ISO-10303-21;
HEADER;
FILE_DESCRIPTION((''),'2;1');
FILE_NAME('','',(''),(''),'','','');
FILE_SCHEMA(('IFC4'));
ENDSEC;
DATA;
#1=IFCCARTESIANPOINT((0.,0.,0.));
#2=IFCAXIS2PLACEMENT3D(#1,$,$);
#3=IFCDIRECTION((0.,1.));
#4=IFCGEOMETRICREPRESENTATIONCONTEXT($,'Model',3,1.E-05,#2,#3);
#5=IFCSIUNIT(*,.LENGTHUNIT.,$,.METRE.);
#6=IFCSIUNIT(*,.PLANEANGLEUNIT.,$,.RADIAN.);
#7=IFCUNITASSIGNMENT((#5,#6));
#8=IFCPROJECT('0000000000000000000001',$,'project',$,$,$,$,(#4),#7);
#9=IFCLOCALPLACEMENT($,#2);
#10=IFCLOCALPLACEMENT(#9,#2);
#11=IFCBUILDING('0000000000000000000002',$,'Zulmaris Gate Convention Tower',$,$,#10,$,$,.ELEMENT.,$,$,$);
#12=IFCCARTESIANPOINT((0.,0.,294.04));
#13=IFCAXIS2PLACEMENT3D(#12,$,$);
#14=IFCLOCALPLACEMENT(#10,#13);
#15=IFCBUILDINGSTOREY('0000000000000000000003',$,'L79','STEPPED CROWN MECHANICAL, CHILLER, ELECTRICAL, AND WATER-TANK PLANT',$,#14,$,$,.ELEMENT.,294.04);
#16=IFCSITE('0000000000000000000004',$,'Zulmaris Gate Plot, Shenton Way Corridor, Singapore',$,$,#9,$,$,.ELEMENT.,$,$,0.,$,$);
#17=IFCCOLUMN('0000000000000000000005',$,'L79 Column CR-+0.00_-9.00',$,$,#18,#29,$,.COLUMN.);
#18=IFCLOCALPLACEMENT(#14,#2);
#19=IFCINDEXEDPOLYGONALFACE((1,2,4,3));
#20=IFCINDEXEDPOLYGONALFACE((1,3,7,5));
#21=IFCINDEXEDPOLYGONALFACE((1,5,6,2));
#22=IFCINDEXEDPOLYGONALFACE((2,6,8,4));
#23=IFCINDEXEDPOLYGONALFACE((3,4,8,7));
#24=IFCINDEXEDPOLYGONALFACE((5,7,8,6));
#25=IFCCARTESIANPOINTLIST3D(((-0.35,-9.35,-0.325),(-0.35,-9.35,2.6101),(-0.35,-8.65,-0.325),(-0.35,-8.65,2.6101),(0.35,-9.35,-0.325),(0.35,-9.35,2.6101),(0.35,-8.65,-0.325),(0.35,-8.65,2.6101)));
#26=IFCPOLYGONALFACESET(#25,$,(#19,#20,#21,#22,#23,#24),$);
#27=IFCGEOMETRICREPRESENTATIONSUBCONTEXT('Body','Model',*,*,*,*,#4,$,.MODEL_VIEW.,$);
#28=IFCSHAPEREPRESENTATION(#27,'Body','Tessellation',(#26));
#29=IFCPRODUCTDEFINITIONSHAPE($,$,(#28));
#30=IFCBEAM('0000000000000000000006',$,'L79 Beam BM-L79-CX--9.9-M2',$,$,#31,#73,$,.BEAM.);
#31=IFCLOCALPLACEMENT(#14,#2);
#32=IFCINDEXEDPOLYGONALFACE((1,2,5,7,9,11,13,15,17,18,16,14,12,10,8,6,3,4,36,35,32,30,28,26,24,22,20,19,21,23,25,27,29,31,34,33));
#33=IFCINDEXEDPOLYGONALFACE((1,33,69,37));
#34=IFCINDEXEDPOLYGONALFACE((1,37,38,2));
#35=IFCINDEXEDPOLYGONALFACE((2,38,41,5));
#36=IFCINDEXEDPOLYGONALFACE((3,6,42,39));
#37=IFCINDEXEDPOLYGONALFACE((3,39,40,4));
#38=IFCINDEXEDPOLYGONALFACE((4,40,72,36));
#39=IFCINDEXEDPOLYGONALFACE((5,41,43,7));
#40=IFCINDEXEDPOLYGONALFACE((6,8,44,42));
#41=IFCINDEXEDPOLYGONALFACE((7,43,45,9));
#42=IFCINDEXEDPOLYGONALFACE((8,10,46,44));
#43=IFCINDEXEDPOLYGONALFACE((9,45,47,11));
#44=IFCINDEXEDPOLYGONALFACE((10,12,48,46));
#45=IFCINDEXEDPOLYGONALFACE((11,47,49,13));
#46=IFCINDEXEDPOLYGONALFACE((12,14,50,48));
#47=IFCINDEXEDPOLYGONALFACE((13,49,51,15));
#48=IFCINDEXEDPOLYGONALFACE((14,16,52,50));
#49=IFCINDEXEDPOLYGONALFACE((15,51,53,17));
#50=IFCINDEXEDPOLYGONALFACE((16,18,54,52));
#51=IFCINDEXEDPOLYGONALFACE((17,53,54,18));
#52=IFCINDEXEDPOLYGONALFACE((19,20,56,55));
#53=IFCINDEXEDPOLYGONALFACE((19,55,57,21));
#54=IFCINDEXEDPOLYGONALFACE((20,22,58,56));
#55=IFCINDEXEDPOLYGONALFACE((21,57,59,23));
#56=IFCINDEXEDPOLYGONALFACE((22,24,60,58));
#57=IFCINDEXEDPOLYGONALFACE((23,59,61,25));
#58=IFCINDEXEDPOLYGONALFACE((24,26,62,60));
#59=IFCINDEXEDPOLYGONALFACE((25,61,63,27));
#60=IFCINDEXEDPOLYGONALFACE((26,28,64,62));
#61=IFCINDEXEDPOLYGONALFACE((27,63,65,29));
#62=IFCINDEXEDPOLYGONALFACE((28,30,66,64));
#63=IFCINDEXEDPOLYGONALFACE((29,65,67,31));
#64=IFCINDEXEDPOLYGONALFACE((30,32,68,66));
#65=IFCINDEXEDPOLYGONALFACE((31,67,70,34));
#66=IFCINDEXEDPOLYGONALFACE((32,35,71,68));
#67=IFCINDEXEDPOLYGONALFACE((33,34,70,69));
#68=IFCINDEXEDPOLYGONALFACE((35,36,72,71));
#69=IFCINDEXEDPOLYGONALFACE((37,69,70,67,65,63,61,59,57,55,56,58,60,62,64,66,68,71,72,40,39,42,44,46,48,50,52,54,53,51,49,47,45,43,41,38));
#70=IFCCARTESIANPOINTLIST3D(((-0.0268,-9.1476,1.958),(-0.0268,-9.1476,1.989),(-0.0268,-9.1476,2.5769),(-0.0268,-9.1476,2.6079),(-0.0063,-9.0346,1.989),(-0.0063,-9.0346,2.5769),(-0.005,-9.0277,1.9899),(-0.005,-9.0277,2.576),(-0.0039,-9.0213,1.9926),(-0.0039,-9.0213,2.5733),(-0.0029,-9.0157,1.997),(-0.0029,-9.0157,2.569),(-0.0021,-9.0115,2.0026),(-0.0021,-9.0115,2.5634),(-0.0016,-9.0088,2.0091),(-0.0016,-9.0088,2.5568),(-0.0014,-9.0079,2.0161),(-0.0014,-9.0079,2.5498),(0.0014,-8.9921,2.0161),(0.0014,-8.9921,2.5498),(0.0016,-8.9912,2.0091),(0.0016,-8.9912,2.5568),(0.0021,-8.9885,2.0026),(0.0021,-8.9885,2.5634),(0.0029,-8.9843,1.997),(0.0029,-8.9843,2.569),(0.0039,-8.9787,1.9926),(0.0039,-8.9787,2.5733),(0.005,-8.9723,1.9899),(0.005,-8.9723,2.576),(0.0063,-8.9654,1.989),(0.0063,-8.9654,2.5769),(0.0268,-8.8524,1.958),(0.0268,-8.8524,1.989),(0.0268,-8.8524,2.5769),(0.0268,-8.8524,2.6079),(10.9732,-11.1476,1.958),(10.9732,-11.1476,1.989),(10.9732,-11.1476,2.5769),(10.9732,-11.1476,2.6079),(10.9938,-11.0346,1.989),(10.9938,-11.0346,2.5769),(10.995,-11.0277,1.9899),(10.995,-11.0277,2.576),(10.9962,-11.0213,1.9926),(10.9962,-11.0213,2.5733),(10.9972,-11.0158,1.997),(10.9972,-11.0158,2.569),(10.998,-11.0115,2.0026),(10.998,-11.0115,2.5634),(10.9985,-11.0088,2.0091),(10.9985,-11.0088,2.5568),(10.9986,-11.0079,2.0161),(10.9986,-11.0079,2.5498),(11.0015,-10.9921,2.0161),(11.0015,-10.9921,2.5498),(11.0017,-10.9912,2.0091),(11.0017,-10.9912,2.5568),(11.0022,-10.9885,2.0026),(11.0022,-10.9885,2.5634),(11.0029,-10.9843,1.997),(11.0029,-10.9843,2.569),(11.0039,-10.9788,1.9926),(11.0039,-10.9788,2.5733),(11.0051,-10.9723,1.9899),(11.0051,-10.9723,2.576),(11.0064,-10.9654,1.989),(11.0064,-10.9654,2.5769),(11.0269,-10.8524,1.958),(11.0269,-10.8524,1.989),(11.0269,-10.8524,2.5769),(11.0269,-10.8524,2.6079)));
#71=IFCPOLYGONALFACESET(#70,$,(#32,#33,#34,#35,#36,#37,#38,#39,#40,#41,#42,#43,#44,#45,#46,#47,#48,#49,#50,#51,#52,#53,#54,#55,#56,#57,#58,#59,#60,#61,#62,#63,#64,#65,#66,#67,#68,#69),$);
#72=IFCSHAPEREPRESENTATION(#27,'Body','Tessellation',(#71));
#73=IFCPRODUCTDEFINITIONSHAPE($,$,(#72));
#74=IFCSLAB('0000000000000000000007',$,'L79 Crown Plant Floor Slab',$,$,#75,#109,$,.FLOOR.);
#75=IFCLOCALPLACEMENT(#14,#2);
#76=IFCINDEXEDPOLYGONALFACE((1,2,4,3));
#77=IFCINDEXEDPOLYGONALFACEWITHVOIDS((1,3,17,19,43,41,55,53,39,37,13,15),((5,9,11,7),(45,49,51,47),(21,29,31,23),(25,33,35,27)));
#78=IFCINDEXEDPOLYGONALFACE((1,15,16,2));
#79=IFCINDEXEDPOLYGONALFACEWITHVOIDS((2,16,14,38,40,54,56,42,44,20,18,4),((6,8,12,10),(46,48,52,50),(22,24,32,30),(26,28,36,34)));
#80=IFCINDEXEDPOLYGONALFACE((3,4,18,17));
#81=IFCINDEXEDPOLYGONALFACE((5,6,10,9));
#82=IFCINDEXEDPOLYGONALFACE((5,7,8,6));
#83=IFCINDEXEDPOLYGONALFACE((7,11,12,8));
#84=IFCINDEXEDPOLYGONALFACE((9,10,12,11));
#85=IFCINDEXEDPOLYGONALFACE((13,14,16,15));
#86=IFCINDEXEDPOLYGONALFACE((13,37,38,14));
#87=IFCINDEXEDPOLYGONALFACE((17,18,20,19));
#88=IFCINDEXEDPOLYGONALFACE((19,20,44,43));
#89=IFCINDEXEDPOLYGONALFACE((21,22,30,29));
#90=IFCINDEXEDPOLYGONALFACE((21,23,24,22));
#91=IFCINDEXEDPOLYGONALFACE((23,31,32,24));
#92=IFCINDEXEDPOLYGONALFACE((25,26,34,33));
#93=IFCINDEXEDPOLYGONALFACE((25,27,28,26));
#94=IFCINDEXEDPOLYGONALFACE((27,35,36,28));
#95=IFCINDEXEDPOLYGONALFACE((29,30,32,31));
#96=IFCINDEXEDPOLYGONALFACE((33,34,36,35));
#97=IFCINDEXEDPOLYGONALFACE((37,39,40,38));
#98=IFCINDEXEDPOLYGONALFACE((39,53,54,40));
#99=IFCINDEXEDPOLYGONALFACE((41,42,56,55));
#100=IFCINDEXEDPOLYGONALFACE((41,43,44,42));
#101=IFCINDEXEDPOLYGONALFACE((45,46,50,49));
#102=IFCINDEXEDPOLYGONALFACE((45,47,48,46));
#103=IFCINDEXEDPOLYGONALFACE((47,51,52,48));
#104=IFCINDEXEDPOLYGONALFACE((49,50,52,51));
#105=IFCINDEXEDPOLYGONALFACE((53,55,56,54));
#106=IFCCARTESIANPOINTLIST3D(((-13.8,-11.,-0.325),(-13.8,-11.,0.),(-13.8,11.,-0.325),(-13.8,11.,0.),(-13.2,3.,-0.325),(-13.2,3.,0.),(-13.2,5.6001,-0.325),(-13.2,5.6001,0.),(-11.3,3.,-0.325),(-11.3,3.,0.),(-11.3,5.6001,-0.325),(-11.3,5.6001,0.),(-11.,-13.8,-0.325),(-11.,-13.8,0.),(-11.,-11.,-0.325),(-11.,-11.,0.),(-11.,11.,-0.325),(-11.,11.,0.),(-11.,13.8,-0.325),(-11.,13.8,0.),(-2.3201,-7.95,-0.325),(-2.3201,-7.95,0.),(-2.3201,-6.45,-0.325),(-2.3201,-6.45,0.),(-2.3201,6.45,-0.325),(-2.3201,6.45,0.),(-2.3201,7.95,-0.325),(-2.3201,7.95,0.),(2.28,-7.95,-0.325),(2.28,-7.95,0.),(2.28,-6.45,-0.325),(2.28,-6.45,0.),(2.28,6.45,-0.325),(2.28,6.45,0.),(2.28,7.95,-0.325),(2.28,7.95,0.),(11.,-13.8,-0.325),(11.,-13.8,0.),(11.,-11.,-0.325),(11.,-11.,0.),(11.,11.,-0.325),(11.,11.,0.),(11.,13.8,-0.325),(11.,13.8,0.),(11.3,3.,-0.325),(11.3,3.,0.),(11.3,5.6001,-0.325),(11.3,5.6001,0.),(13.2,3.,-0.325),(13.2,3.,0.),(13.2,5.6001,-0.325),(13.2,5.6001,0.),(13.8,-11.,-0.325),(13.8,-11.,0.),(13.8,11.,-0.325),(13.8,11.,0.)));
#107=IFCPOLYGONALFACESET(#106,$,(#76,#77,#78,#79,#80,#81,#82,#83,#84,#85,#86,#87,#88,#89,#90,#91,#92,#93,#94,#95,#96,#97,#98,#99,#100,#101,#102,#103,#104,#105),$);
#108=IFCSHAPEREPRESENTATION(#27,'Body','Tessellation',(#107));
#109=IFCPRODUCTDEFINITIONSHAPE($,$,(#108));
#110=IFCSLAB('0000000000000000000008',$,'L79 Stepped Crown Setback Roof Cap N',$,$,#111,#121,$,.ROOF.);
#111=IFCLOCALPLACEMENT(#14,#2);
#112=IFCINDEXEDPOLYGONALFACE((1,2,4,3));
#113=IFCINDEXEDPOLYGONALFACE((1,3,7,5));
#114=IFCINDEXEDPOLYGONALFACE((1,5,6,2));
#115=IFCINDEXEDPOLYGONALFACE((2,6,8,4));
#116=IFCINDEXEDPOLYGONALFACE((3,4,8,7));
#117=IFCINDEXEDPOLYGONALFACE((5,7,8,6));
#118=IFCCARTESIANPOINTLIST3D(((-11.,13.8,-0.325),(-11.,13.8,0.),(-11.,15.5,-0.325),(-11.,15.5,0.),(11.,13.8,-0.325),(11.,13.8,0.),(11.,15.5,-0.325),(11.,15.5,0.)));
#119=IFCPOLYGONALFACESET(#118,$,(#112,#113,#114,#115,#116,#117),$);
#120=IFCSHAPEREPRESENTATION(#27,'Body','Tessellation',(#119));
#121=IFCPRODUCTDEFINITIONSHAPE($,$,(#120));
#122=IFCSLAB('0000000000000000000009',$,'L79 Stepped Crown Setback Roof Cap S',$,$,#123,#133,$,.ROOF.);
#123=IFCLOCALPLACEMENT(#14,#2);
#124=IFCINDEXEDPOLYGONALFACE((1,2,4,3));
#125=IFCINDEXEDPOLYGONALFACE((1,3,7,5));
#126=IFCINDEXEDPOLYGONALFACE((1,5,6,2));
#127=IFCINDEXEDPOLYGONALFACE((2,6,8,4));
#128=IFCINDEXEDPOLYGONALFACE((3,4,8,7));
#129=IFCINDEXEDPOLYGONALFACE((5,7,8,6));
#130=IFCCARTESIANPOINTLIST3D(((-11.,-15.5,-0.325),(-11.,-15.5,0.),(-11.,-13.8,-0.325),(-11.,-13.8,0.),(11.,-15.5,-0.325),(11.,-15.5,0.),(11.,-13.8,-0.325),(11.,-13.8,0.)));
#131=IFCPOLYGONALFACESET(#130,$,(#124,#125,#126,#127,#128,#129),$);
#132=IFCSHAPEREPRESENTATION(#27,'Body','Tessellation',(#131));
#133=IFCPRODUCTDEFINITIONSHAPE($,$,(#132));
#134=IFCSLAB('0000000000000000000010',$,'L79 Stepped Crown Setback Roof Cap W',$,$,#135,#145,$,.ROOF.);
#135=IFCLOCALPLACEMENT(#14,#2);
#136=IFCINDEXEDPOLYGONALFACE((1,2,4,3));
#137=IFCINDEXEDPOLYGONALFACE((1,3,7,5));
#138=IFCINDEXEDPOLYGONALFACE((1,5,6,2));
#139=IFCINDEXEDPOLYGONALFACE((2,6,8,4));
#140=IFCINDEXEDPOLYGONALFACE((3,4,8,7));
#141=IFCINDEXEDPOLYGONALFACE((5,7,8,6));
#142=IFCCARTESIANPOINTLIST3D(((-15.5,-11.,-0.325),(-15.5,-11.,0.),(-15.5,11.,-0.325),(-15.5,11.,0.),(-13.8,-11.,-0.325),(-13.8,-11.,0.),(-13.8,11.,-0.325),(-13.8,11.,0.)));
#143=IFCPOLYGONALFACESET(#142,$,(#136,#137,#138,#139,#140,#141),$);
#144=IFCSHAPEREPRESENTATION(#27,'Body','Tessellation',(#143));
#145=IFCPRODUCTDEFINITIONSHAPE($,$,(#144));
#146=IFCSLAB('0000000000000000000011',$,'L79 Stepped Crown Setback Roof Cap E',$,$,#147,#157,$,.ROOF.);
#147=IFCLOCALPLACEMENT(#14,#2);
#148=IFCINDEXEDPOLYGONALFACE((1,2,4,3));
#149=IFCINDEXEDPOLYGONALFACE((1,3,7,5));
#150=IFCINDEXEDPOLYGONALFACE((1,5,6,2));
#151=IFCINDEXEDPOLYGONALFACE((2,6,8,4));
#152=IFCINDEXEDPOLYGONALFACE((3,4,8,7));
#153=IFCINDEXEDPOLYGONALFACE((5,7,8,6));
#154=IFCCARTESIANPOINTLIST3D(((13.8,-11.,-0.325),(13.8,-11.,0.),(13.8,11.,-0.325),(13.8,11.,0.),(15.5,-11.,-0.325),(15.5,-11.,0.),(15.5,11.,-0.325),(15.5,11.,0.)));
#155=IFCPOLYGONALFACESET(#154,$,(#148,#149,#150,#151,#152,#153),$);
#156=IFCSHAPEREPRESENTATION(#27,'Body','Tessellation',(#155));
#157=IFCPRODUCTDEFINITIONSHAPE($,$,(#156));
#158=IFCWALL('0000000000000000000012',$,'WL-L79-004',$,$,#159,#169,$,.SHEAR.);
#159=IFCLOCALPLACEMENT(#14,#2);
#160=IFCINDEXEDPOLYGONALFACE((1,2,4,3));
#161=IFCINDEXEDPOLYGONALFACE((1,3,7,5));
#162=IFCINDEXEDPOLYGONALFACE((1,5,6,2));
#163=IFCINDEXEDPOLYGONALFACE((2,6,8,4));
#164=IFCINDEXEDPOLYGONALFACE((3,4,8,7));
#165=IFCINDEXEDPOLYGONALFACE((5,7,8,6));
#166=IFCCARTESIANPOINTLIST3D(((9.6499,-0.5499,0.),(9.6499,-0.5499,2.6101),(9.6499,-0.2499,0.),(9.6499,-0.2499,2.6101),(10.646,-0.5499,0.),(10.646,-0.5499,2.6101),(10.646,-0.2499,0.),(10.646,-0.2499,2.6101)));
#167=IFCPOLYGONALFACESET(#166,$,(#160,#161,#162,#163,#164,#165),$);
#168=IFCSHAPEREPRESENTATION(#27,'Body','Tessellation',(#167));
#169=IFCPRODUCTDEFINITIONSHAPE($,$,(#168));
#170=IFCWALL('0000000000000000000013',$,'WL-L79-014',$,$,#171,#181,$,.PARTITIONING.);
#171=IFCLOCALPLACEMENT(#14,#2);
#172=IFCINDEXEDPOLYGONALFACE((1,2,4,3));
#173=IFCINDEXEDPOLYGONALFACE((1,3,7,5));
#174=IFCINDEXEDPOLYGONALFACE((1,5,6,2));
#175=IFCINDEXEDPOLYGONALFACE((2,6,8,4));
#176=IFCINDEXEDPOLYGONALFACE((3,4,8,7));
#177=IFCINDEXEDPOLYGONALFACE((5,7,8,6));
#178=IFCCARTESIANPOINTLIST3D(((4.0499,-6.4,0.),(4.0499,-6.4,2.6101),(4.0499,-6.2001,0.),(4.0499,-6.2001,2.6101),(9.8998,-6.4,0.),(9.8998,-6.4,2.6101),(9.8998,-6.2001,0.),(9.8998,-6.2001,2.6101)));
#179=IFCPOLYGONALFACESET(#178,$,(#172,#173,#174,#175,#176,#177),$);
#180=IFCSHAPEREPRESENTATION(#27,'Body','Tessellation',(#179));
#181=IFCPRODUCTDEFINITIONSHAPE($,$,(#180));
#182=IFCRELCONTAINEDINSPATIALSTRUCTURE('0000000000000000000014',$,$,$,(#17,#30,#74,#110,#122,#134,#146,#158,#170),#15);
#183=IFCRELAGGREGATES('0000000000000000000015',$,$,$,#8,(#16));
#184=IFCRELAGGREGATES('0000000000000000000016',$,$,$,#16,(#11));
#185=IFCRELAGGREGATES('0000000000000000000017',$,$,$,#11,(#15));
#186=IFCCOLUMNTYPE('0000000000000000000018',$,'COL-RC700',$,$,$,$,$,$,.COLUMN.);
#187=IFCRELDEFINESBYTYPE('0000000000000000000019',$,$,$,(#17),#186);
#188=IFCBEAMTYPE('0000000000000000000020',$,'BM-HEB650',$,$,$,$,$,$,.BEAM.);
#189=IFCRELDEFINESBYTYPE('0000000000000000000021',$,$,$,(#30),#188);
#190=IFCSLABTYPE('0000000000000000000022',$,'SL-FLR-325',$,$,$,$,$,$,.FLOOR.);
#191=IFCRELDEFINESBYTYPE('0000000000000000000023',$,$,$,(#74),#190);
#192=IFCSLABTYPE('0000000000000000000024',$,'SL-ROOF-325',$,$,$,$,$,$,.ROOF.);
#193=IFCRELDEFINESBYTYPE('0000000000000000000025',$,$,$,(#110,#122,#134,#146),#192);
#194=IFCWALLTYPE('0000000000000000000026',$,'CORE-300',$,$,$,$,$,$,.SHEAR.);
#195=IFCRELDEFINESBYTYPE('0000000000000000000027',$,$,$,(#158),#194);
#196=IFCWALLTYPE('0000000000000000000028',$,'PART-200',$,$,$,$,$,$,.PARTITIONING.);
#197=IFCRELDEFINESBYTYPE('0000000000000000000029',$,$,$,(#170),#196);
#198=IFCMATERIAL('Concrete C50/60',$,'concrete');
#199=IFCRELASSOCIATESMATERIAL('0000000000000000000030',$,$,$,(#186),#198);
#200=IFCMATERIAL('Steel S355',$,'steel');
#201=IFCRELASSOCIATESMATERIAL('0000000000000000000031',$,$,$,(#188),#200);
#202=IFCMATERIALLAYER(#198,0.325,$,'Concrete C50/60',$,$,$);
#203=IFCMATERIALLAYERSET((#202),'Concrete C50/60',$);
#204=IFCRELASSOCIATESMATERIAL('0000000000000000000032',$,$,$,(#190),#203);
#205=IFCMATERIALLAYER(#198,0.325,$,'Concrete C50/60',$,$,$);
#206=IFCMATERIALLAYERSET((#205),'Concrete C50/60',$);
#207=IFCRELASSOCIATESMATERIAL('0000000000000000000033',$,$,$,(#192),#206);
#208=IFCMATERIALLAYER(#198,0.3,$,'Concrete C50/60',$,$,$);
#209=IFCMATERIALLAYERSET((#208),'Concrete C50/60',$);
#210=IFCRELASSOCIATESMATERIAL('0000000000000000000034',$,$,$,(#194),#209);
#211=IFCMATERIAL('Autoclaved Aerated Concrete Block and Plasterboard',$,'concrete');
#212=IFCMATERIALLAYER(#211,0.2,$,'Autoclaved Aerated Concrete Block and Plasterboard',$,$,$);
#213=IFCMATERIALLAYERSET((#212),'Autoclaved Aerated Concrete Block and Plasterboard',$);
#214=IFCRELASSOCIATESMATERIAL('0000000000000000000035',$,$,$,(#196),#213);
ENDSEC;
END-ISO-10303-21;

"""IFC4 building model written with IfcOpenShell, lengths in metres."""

from ifc_helpers import new_model, si_unit, direction, frame, frame_2d, origin, origin_2d, place, context, subcontext, project, spatial, polyline, rectangle, i_section, outline, extrude, material, layer, layer_set, material_profile, profile_set, type_object, element, save


model = new_model("IFC4")

# Units and contexts
model_context = context("Model", 3, precision=1e-05, world=origin(), true_north=direction((0.0, 1.0)))
body_context = subcontext(model_context, "Body", "Model", "MODEL_VIEW")
ifc_project = project(units=[si_unit("LENGTHUNIT", "METRE"), si_unit("PLANEANGLEUNIT", "RADIAN")], contexts=[model_context])

# Site, building, storey
site_placement = place(None, origin())
site = spatial("IfcSite", under=ifc_project, at=site_placement, Name="Zulmaris Gate Plot, Shenton Way Corridor, Singapore", CompositionType="ELEMENT", RefElevation=0.0)
building_placement = place(site_placement, origin())
building = spatial("IfcBuilding", under=site, at=building_placement, Name="Zulmaris Gate Convention Tower", CompositionType="ELEMENT")
storey_placement = place(building_placement, frame((0.0, 0.0, 294.04)))
storey = spatial("IfcBuildingStorey", under=building, at=storey_placement, Name="L79", Description="STEPPED CROWN MECHANICAL, CHILLER, ELECTRICAL, AND WATER-TANK PLANT", CompositionType="ELEMENT", Elevation=294.04)

# Column
ifc_material_1 = material(Name="Concrete C50/60", Category="concrete")
ifc_material_profile_1 = material_profile(ifc_material_1, rectangle(XDim=0.7, YDim=0.7, at=origin_2d()), Name="RC COL 700x700")
ifc_profile_set_1 = profile_set([ifc_material_profile_1], Name="Concrete C50/60")
column_type = type_object("IfcColumnType", Name="COL-RC700", PredefinedType="COLUMN", material=ifc_profile_set_1)
column_placement = place(storey_placement, frame((0.0, -9.0, -0.325), z_axis=(0.0, 0.0, 1.0), x_axis=(1.0, 0.0, 0.0)))
element("IfcColumn", 1, at=column_placement, inside=storey, type_object=column_type, Name="L79 Column CR-+0.00_-9.00", PredefinedType="COLUMN", context=body_context, shape_type="SweptSolid", body=[
    extrude(rectangle(XDim=0.7, YDim=0.7, at=origin_2d()), origin(), (0.0, 0.0, 1.0), 2.9351),
])

# Beam
ifc_material_2 = material(Name="Steel S355", Category="steel")
ifc_material_profile_2 = material_profile(ifc_material_2, i_section(OverallWidth=0.3, OverallDepth=0.6499, WebThickness=0.0161, FlangeThickness=0.031, FilletRadius=0.0271, at=origin_2d()), Name="HEB 650")
ifc_profile_set_2 = profile_set([ifc_material_profile_2], Name="Steel S355")
beam_type = type_object("IfcBeamType", Name="BM-HEB650", PredefinedType="BEAM", material=ifc_profile_set_2)
beam_placement = place(storey_placement, frame((0.0, -9.0, 2.283), z_axis=(0.98387, -0.178885, 0.0), x_axis=(0.178885, 0.98387, 0.0)))
element("IfcBeam", 2, at=beam_placement, inside=storey, type_object=beam_type, Name="L79 Beam BM-L79-CX--9.9-M2", PredefinedType="BEAM", context=body_context, shape_type="SweptSolid", body=[
    extrude(i_section(OverallWidth=0.3, OverallDepth=0.6499, WebThickness=0.0161, FlangeThickness=0.031, FilletRadius=0.0271, at=origin_2d()), origin(), (0.0, 0.0, 1.0), 11.1804),
])

# Slabs
ifc_layer_1 = layer(ifc_material_1, 0.325, Name="Concrete C50/60")
ifc_layer_set_1 = layer_set([ifc_layer_1], Name="Concrete C50/60")
slab_type_1 = type_object("IfcSlabType", Name="SL-FLR-325", PredefinedType="FLOOR", material=ifc_layer_set_1)
slab_1_placement = place(storey_placement, frame((0.0, 0.0, -0.325)))
element("IfcSlab", 3, at=slab_1_placement, inside=storey, type_object=slab_type_1, Name="L79 Crown Plant Floor Slab", PredefinedType="FLOOR", context=body_context, shape_type="SweptSolid", body=[
    extrude(outline(polyline([(-11.0, -13.8), (11.0, -13.8), (11.0, -11.0), (13.8, -11.0), (13.8, 11.0), (11.0, 11.0), (11.0, 13.8), (-11.0, 13.8), (-11.0, 11.0), (-13.8, 11.0), (-13.8, -11.0), (-11.0, -11.0), (-11.0, -13.8)]), holes=[polyline([(-2.3201, -7.95), (2.28, -7.95), (2.28, -6.45), (-2.3201, -6.45), (-2.3201, -7.95)]), polyline([(-2.3201, 6.45), (2.28, 6.45), (2.28, 7.95), (-2.3201, 7.95), (-2.3201, 6.45)]), polyline([(-13.2, 3.0), (-11.3, 3.0), (-11.3, 5.6001), (-13.2, 5.6001), (-13.2, 3.0)]), polyline([(11.3, 3.0), (13.2, 3.0), (13.2, 5.6001), (11.3, 5.6001), (11.3, 3.0)])]), origin(), (0.0, 0.0, 1.0), 0.325),
])
ifc_layer_2 = layer(ifc_material_1, 0.325, Name="Concrete C50/60")
ifc_layer_set_2 = layer_set([ifc_layer_2], Name="Concrete C50/60")
slab_type_2 = type_object("IfcSlabType", Name="SL-ROOF-325", PredefinedType="ROOF", material=ifc_layer_set_2)
slab_2_placement = place(storey_placement, frame((0.0, 0.0, -0.325)))
element("IfcSlab", 4, at=slab_2_placement, inside=storey, type_object=slab_type_2, Name="L79 Stepped Crown Setback Roof Cap N", PredefinedType="ROOF", context=body_context, shape_type="SweptSolid", body=[
    extrude(outline(polyline([(-11.0, 13.8), (11.0, 13.8), (11.0, 15.5), (-11.0, 15.5), (-11.0, 13.8)])), origin(), (0.0, 0.0, 1.0), 0.325),
])
slab_3_placement = place(storey_placement, frame((0.0, 0.0, -0.325)))
element("IfcSlab", 5, at=slab_3_placement, inside=storey, type_object=slab_type_2, Name="L79 Stepped Crown Setback Roof Cap S", PredefinedType="ROOF", context=body_context, shape_type="SweptSolid", body=[
    extrude(outline(polyline([(-11.0, -15.5), (11.0, -15.5), (11.0, -13.8), (-11.0, -13.8), (-11.0, -15.5)])), origin(), (0.0, 0.0, 1.0), 0.325),
])
slab_4_placement = place(storey_placement, frame((0.0, 0.0, -0.325)))
element("IfcSlab", 6, at=slab_4_placement, inside=storey, type_object=slab_type_2, Name="L79 Stepped Crown Setback Roof Cap W", PredefinedType="ROOF", context=body_context, shape_type="SweptSolid", body=[
    extrude(outline(polyline([(-15.5, -11.0), (-13.8, -11.0), (-13.8, 11.0), (-15.5, 11.0), (-15.5, -11.0)])), origin(), (0.0, 0.0, 1.0), 0.325),
])
slab_5_placement = place(storey_placement, frame((0.0, 0.0, -0.325)))
element("IfcSlab", 7, at=slab_5_placement, inside=storey, type_object=slab_type_2, Name="L79 Stepped Crown Setback Roof Cap E", PredefinedType="ROOF", context=body_context, shape_type="SweptSolid", body=[
    extrude(outline(polyline([(13.8, -11.0), (15.5, -11.0), (15.5, 11.0), (13.8, 11.0), (13.8, -11.0)])), origin(), (0.0, 0.0, 1.0), 0.325),
])

# Wall
ifc_layer_3 = layer(ifc_material_1, 0.3, Name="Concrete C50/60")
ifc_layer_set_3 = layer_set([ifc_layer_3], Name="Concrete C50/60")
wall_type_1 = type_object("IfcWallType", Name="CORE-300", PredefinedType="SHEAR", material=ifc_layer_set_3)
wall_1_placement = place(storey_placement, frame((9.6499, -0.3999, 0.0), z_axis=(0.0, 0.0, 1.0), x_axis=(1.0, 0.0, 0.0)))
element("IfcWall", 8, at=wall_1_placement, inside=storey, type_object=wall_type_1, Name="WL-L79-004", PredefinedType="SHEAR", context=body_context, shape_type="SweptSolid", body=[
    extrude(rectangle(XDim=0.9961, YDim=0.3, at=frame_2d((0.498, 0.0))), origin(), (0.0, 0.0, 1.0), 2.6101),
])

# Shared definitions
ifc_material_3 = material(Name="Autoclaved Aerated Concrete Block and Plasterboard", Category="concrete")
ifc_layer_4 = layer(ifc_material_3, 0.2, Name="Autoclaved Aerated Concrete Block and Plasterboard")
ifc_layer_set_4 = layer_set([ifc_layer_4], Name="Autoclaved Aerated Concrete Block and Plasterboard")
wall_type_2 = type_object("IfcWallType", Name="PART-200", PredefinedType="PARTITIONING", material=ifc_layer_set_4)

# Wall
wall_2_placement = place(storey_placement, frame((4.05, -6.3, 0.0), z_axis=(0.0, 0.0, 1.0), x_axis=(1.0, 0.0, 0.0)))
element("IfcWall", 9, at=wall_2_placement, inside=storey, type_object=wall_type_2, Name="WL-L79-014", PredefinedType="PARTITIONING", context=body_context, shape_type="SweptSolid", body=[
    extrude(rectangle(XDim=5.8499, YDim=0.2, at=frame_2d((2.9248, 0.0))), origin(), (0.0, 0.0, 1.0), 2.6101),
])

save(model, "model.ifc")
